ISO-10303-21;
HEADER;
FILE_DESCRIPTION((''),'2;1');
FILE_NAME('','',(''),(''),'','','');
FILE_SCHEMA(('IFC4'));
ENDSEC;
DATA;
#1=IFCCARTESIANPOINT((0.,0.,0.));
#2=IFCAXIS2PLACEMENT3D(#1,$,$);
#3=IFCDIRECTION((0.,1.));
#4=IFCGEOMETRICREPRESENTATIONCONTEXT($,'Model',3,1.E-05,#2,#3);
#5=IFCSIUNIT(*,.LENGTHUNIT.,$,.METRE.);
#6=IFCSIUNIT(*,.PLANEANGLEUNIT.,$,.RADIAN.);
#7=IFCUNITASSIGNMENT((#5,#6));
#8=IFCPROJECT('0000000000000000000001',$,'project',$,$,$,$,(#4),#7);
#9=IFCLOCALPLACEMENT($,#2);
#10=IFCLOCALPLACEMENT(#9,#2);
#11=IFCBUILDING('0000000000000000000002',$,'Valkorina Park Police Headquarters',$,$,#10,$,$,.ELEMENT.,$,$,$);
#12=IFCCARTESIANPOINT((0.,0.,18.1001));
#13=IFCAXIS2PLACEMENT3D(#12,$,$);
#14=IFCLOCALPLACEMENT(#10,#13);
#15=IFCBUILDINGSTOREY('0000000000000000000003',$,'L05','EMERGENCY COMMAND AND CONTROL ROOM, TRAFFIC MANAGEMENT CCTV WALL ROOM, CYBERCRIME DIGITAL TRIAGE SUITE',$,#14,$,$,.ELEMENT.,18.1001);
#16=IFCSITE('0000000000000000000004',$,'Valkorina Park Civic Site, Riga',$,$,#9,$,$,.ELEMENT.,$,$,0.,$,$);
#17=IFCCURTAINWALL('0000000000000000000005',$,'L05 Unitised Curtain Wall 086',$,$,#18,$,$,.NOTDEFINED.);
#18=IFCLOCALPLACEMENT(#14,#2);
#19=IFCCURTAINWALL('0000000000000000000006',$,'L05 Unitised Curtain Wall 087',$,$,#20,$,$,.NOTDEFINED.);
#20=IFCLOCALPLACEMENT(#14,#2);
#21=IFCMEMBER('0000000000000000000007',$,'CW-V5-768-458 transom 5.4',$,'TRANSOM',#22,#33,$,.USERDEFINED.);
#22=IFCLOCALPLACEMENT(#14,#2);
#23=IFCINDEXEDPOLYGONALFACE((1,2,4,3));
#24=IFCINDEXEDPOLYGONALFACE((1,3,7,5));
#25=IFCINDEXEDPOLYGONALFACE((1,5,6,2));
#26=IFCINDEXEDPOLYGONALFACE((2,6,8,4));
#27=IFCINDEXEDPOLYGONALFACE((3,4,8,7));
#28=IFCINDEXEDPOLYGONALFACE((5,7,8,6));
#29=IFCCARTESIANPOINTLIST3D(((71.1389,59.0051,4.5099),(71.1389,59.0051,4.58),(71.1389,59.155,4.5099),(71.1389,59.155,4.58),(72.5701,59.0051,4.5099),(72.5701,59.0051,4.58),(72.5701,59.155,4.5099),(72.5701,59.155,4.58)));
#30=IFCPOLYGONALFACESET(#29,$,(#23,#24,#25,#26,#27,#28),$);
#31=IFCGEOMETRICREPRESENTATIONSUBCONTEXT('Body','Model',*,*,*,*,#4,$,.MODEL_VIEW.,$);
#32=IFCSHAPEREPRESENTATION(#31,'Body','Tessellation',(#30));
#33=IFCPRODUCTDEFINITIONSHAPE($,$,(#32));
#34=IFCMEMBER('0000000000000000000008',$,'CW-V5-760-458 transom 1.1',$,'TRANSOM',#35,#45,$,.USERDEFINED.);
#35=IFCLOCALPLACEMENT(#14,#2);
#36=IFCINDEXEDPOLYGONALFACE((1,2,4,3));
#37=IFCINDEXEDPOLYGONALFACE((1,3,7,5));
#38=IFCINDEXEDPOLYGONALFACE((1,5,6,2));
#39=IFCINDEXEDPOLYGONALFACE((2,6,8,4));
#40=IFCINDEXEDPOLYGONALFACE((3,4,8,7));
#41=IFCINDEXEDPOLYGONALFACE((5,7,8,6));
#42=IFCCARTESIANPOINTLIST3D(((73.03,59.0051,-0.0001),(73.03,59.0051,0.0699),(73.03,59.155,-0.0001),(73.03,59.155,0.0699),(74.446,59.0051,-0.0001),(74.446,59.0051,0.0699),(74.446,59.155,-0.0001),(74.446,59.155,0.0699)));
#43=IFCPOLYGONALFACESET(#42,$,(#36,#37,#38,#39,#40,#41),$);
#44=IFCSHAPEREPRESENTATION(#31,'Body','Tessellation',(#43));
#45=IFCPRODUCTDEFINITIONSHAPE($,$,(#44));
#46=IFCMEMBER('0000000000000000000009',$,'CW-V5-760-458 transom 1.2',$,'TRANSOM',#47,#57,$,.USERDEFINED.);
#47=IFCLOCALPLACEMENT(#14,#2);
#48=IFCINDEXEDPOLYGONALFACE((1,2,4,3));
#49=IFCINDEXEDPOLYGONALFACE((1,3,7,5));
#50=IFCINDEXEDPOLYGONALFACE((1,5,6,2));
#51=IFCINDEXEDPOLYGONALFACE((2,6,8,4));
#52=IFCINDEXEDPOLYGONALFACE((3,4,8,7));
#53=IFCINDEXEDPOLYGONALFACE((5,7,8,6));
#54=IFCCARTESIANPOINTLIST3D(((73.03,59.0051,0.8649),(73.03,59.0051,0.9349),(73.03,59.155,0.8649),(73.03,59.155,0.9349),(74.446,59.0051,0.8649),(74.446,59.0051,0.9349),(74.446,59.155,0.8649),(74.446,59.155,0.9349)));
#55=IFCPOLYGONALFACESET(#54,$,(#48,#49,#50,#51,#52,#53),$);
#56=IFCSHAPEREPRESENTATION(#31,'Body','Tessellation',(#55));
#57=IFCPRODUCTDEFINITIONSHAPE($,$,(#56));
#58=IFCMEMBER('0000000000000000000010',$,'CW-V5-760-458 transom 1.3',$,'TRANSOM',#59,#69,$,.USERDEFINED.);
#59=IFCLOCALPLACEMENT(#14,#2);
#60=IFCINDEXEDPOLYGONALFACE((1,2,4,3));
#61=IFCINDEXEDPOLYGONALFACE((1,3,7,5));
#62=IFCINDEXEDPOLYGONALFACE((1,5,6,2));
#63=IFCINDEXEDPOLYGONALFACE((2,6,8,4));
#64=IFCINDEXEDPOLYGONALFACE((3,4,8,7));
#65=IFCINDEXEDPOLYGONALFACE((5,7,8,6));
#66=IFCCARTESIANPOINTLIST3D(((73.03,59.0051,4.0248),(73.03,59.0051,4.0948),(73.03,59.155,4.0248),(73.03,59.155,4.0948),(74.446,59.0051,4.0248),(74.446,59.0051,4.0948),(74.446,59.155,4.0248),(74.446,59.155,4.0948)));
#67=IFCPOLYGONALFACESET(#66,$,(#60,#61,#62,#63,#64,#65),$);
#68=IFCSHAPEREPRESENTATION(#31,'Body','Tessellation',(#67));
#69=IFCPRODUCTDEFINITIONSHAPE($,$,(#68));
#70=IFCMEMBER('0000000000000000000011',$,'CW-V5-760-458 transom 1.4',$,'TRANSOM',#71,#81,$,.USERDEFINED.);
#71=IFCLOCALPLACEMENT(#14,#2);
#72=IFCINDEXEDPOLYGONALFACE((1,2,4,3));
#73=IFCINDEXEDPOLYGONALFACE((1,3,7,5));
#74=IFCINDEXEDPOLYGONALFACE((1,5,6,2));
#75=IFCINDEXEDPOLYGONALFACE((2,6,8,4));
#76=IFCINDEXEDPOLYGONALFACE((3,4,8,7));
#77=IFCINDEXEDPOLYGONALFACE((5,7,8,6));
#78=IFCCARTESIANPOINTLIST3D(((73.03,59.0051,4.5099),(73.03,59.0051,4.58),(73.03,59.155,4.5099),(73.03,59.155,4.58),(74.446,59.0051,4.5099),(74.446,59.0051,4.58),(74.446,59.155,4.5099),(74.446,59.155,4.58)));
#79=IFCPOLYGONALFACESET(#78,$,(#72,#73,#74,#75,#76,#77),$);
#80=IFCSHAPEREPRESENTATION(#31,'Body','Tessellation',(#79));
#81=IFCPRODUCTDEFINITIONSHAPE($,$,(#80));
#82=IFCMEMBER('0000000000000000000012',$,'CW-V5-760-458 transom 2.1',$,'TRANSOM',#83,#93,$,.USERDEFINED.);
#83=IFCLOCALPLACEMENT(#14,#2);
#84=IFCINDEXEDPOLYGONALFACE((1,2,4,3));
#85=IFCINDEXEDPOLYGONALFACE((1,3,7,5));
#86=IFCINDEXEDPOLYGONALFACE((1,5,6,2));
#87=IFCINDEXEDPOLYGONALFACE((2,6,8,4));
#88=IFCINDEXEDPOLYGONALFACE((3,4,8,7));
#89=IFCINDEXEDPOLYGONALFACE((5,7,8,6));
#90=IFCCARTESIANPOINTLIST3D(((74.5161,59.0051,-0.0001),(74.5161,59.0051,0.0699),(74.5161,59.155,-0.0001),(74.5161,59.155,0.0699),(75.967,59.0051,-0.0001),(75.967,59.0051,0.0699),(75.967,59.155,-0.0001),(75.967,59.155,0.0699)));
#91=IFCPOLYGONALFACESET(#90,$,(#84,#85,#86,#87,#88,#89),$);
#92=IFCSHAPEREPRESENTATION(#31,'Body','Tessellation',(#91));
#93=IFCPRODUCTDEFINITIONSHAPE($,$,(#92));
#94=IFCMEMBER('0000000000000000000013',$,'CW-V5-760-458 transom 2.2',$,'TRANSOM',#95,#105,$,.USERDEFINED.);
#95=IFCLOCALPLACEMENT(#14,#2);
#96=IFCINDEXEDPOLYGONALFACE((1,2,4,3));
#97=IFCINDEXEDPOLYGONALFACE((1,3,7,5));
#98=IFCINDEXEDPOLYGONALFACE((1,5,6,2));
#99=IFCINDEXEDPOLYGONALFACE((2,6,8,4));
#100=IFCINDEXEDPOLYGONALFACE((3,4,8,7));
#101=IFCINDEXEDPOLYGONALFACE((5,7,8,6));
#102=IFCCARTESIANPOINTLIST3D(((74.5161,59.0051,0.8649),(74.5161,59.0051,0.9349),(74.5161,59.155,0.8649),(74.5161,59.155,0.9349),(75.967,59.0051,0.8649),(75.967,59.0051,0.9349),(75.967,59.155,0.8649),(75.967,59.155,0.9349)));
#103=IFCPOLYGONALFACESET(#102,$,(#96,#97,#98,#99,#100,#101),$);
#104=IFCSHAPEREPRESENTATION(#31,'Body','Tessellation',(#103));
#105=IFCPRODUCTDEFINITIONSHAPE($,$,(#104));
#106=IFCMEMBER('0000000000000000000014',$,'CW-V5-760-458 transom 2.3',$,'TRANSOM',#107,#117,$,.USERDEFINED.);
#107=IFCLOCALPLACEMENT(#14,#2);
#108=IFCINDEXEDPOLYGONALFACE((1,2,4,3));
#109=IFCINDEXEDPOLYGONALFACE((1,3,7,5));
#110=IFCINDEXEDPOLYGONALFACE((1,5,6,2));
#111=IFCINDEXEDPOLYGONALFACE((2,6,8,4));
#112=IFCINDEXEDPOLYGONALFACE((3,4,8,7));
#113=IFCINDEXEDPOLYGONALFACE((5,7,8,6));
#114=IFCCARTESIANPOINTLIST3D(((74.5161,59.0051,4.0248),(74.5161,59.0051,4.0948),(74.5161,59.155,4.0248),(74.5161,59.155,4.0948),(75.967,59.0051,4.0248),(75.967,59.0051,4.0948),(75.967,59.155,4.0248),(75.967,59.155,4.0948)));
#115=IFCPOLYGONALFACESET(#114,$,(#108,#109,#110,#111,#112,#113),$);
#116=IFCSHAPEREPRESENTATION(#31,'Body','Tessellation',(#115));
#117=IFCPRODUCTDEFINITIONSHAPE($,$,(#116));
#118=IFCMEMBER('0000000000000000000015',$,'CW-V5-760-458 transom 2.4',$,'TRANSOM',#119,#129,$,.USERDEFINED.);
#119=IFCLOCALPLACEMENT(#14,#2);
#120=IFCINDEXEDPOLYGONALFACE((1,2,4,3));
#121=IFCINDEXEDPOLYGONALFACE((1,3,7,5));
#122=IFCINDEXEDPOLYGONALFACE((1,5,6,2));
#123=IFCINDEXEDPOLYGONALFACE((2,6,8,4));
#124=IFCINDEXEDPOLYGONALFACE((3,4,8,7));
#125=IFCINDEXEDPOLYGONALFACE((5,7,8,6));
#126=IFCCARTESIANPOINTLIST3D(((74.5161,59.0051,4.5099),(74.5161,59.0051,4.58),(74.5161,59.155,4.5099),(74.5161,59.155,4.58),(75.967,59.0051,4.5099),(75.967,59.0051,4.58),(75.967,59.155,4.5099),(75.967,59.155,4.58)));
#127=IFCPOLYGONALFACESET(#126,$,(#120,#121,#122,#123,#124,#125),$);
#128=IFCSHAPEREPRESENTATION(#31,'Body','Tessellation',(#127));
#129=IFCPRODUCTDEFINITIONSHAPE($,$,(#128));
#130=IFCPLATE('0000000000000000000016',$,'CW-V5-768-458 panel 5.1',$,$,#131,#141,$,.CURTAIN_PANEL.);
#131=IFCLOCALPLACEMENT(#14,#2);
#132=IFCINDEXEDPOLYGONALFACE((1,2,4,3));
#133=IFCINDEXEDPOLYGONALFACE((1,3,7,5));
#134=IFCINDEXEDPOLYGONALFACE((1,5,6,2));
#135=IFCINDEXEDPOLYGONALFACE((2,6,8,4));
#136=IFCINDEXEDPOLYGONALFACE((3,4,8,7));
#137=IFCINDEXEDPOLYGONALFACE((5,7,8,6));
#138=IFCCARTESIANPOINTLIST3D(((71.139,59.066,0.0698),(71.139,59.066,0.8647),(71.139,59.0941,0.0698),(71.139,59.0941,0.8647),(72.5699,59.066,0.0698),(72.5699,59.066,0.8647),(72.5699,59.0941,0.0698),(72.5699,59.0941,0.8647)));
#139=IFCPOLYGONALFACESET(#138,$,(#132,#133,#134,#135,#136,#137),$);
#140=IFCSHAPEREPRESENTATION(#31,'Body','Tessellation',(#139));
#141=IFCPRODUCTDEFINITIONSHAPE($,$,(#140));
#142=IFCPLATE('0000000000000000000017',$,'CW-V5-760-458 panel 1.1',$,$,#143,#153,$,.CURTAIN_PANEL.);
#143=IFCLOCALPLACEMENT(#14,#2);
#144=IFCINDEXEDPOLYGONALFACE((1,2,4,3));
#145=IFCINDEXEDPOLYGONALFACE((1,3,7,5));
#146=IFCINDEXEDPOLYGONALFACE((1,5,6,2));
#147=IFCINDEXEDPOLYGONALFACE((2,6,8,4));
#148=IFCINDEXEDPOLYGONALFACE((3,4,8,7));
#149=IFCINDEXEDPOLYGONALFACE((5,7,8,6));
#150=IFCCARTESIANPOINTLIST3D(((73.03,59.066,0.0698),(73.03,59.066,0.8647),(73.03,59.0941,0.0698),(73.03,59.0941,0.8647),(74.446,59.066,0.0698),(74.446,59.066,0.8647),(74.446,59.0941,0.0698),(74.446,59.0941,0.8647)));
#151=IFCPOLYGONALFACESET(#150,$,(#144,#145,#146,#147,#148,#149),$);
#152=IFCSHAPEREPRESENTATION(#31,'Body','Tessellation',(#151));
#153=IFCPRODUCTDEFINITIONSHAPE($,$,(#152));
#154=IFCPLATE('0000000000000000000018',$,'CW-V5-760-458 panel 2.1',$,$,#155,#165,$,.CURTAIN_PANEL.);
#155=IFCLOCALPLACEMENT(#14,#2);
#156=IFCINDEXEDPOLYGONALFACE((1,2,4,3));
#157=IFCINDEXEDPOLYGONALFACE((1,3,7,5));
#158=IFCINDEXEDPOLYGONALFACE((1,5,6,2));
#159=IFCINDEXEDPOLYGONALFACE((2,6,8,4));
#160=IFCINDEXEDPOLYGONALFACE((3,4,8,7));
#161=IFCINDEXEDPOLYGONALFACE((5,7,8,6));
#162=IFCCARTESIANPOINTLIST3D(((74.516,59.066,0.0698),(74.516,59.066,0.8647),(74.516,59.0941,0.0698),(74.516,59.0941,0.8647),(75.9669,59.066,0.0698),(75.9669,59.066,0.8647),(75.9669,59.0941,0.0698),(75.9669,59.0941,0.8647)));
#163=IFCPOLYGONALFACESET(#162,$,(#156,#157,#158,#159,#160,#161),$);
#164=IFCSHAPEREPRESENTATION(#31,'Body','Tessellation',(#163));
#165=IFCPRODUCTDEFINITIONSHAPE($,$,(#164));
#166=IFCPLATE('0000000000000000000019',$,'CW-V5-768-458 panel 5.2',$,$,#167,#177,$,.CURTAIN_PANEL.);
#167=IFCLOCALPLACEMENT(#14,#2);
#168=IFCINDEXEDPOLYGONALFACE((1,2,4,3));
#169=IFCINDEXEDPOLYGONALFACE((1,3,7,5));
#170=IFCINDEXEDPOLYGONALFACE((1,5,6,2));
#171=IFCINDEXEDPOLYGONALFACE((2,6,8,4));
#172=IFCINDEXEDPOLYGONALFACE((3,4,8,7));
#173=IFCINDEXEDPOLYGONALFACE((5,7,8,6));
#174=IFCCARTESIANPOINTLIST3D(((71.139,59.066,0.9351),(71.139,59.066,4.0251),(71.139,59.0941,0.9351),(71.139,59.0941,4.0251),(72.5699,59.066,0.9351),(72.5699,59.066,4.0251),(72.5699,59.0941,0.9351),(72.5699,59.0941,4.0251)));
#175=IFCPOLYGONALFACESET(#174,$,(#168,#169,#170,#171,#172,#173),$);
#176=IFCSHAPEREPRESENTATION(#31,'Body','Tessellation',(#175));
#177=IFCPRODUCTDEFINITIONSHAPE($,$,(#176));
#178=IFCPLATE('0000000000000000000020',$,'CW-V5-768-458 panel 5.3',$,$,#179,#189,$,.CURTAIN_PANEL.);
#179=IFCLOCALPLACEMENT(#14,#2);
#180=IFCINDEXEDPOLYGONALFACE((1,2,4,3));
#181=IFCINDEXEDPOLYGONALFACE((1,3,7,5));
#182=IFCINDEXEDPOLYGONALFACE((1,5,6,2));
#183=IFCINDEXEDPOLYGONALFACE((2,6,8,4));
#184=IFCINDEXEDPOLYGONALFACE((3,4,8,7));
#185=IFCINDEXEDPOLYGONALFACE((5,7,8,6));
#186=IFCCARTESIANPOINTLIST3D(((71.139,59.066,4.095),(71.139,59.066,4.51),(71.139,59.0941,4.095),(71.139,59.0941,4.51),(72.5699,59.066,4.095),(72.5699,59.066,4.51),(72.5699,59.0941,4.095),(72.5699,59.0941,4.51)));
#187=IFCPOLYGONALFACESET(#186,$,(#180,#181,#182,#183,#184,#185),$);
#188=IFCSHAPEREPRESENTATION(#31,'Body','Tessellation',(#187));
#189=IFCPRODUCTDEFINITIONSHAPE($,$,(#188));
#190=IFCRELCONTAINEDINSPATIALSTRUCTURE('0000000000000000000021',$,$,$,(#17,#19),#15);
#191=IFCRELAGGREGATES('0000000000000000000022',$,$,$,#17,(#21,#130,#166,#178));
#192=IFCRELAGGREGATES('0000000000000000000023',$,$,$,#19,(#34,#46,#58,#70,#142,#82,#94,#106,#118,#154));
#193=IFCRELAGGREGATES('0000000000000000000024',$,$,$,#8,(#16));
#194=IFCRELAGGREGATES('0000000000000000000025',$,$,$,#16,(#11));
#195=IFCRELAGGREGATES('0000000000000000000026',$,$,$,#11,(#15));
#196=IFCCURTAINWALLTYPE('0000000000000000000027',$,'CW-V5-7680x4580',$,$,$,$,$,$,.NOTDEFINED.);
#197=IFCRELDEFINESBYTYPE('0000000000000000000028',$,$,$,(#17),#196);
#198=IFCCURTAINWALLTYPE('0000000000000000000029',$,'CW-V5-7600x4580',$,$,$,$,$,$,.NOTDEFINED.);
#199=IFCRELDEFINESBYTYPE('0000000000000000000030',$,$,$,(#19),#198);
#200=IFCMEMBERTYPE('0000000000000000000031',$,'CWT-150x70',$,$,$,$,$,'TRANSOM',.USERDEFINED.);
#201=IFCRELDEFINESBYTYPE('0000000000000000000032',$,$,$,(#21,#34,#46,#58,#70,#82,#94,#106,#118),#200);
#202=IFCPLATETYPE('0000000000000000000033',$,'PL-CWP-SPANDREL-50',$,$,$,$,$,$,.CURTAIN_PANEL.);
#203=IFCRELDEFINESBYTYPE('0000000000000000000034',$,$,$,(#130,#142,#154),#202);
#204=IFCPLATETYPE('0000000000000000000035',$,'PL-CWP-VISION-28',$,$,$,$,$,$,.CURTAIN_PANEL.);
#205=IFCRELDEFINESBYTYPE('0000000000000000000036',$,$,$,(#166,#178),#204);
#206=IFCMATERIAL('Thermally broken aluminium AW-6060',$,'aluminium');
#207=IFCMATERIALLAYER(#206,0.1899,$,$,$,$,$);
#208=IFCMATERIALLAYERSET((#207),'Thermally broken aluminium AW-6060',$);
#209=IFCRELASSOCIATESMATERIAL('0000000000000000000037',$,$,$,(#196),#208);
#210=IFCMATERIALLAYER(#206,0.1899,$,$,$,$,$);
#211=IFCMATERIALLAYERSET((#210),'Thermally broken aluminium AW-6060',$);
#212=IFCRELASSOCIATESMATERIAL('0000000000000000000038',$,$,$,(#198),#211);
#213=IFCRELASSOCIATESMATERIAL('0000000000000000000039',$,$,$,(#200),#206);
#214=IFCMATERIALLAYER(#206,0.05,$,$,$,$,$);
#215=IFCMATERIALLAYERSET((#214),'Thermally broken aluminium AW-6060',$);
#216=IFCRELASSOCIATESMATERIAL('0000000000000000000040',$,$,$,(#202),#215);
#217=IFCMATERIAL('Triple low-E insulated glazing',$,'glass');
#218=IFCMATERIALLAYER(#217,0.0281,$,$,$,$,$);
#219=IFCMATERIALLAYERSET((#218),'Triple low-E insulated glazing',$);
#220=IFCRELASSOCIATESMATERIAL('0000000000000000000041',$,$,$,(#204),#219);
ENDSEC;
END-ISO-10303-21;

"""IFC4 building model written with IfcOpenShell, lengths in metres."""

from ifc_helpers import new_model, si_unit, direction, frame, origin, origin_2d, place, context, subcontext, project, spatial, rectangle, extrude, material, layer, layer_set, material_profile, profile_set, type_object, element, aggregate, save


model = new_model("IFC4")

# Units and contexts
model_context = context("Model", 3, precision=1e-05, world=origin(), true_north=direction((0.0, 1.0)))
body_context = subcontext(model_context, "Body", "Model", "MODEL_VIEW")
ifc_project = project(units=[si_unit("LENGTHUNIT", "METRE"), si_unit("PLANEANGLEUNIT", "RADIAN")], contexts=[model_context])

# Site, building, storey
site_placement = place(None, origin())
site = spatial("IfcSite", under=ifc_project, at=site_placement, Name="Valkorina Park Civic Site, Riga", CompositionType="ELEMENT", RefElevation=0.0)
building_placement = place(site_placement, origin())
building = spatial("IfcBuilding", under=site, at=building_placement, Name="Valkorina Park Police Headquarters", CompositionType="ELEMENT")
storey_placement = place(building_placement, frame((0.0, 0.0, 18.1001)))
storey = spatial("IfcBuildingStorey", under=building, at=storey_placement, Name="L05", Description="EMERGENCY COMMAND AND CONTROL ROOM, TRAFFIC MANAGEMENT CCTV WALL ROOM, CYBERCRIME DIGITAL TRIAGE SUITE", CompositionType="ELEMENT", Elevation=18.1001)

# Curtain walls
ifc_material_1 = material(Name="Thermally broken aluminium AW-6060", Category="aluminium")
ifc_layer_1 = layer(ifc_material_1, 0.1899)
ifc_layer_set_1 = layer_set([ifc_layer_1], Name="Thermally broken aluminium AW-6060")
curtain_wall_type_1 = type_object("IfcCurtainWallType", Name="CW-V5-7680x4580", PredefinedType="NOTDEFINED", material=ifc_layer_set_1)
curtain_wall_1_placement = place(storey_placement, origin())
curtain_wall_1 = element("IfcCurtainWall", 1, at=curtain_wall_1_placement, inside=storey, type_object=curtain_wall_type_1, Name="L05 Unitised Curtain Wall 086", PredefinedType="NOTDEFINED")
ifc_layer_2 = layer(ifc_material_1, 0.1899)
ifc_layer_set_2 = layer_set([ifc_layer_2], Name="Thermally broken aluminium AW-6060")
curtain_wall_type_2 = type_object("IfcCurtainWallType", Name="CW-V5-7600x4580", PredefinedType="NOTDEFINED", material=ifc_layer_set_2)
curtain_wall_2_placement = place(storey_placement, origin())
curtain_wall_2 = element("IfcCurtainWall", 2, at=curtain_wall_2_placement, inside=storey, type_object=curtain_wall_type_2, Name="L05 Unitised Curtain Wall 087", PredefinedType="NOTDEFINED")

# Members
ifc_material_profile_1 = material_profile(ifc_material_1, rectangle(XDim=0.1499, YDim=0.0701, at=origin_2d()), Name="CWT-02 150x70")
ifc_profile_set_1 = profile_set([ifc_material_profile_1], Name="Thermally broken aluminium AW-6060")
member_type_1 = type_object("IfcMemberType", Name="CWT-150x70", ElementType="TRANSOM", PredefinedType="USERDEFINED", material=ifc_profile_set_1)
member_1_placement = place(storey_placement, frame((71.1389, 59.0801, 4.5449), z_axis=(1.0, 0.0, 0.0), x_axis=(0.0, 1.0, 0.0)))
member_1 = element("IfcMember", 3, at=member_1_placement, type_object=member_type_1, Name="CW-V5-768-458 transom 5.4", ObjectType="TRANSOM", PredefinedType="USERDEFINED", context=body_context, shape_type="SweptSolid", body=[
    extrude(rectangle(XDim=0.1499, YDim=0.0701, at=origin_2d()), origin(), (0.0, 0.0, 1.0), 1.4312),
])
member_2_placement = place(storey_placement, frame((73.03, 59.0801, 0.0349), z_axis=(1.0, 0.0, 0.0), x_axis=(0.0, 1.0, 0.0)))
member_2 = element("IfcMember", 4, at=member_2_placement, type_object=member_type_1, Name="CW-V5-760-458 transom 1.1", ObjectType="TRANSOM", PredefinedType="USERDEFINED", context=body_context, shape_type="SweptSolid", body=[
    extrude(rectangle(XDim=0.1499, YDim=0.0701, at=origin_2d()), origin(), (0.0, 0.0, 1.0), 1.416),
])
member_3_placement = place(storey_placement, frame((73.03, 59.0801, 0.8999), z_axis=(1.0, 0.0, 0.0), x_axis=(0.0, 1.0, 0.0)))
member_3 = element("IfcMember", 5, at=member_3_placement, type_object=member_type_1, Name="CW-V5-760-458 transom 1.2", ObjectType="TRANSOM", PredefinedType="USERDEFINED", context=body_context, shape_type="SweptSolid", body=[
    extrude(rectangle(XDim=0.1499, YDim=0.0701, at=origin_2d()), origin(), (0.0, 0.0, 1.0), 1.416),
])
member_4_placement = place(storey_placement, frame((73.03, 59.0801, 4.0598), z_axis=(1.0, 0.0, 0.0), x_axis=(0.0, 1.0, 0.0)))
member_4 = element("IfcMember", 6, at=member_4_placement, type_object=member_type_1, Name="CW-V5-760-458 transom 1.3", ObjectType="TRANSOM", PredefinedType="USERDEFINED", context=body_context, shape_type="SweptSolid", body=[
    extrude(rectangle(XDim=0.1499, YDim=0.0701, at=origin_2d()), origin(), (0.0, 0.0, 1.0), 1.416),
])
member_5_placement = place(storey_placement, frame((73.03, 59.0801, 4.5449), z_axis=(1.0, 0.0, 0.0), x_axis=(0.0, 1.0, 0.0)))
member_5 = element("IfcMember", 7, at=member_5_placement, type_object=member_type_1, Name="CW-V5-760-458 transom 1.4", ObjectType="TRANSOM", PredefinedType="USERDEFINED", context=body_context, shape_type="SweptSolid", body=[
    extrude(rectangle(XDim=0.1499, YDim=0.0701, at=origin_2d()), origin(), (0.0, 0.0, 1.0), 1.416),
])
member_6_placement = place(storey_placement, frame((74.5161, 59.0801, 0.0349), z_axis=(1.0, 0.0, 0.0), x_axis=(0.0, 1.0, 0.0)))
member_6 = element("IfcMember", 8, at=member_6_placement, type_object=member_type_1, Name="CW-V5-760-458 transom 2.1", ObjectType="TRANSOM", PredefinedType="USERDEFINED", context=body_context, shape_type="SweptSolid", body=[
    extrude(rectangle(XDim=0.1499, YDim=0.0701, at=origin_2d()), origin(), (0.0, 0.0, 1.0), 1.4509),
])
member_7_placement = place(storey_placement, frame((74.5161, 59.0801, 0.8999), z_axis=(1.0, 0.0, 0.0), x_axis=(0.0, 1.0, 0.0)))
member_7 = element("IfcMember", 9, at=member_7_placement, type_object=member_type_1, Name="CW-V5-760-458 transom 2.2", ObjectType="TRANSOM", PredefinedType="USERDEFINED", context=body_context, shape_type="SweptSolid", body=[
    extrude(rectangle(XDim=0.1499, YDim=0.0701, at=origin_2d()), origin(), (0.0, 0.0, 1.0), 1.4509),
])
member_8_placement = place(storey_placement, frame((74.5161, 59.0801, 4.0598), z_axis=(1.0, 0.0, 0.0), x_axis=(0.0, 1.0, 0.0)))
member_8 = element("IfcMember", 10, at=member_8_placement, type_object=member_type_1, Name="CW-V5-760-458 transom 2.3", ObjectType="TRANSOM", PredefinedType="USERDEFINED", context=body_context, shape_type="SweptSolid", body=[
    extrude(rectangle(XDim=0.1499, YDim=0.0701, at=origin_2d()), origin(), (0.0, 0.0, 1.0), 1.4509),
])
member_9_placement = place(storey_placement, frame((74.5161, 59.0801, 4.5449), z_axis=(1.0, 0.0, 0.0), x_axis=(0.0, 1.0, 0.0)))
member_9 = element("IfcMember", 11, at=member_9_placement, type_object=member_type_1, Name="CW-V5-760-458 transom 2.4", ObjectType="TRANSOM", PredefinedType="USERDEFINED", context=body_context, shape_type="SweptSolid", body=[
    extrude(rectangle(XDim=0.1499, YDim=0.0701, at=origin_2d()), origin(), (0.0, 0.0, 1.0), 1.4509),
])

# Plates
ifc_layer_3 = layer(ifc_material_1, 0.05)
ifc_layer_set_3 = layer_set([ifc_layer_3], Name="Thermally broken aluminium AW-6060")
plate_type_1 = type_object("IfcPlateType", Name="PL-CWP-SPANDREL-50", PredefinedType="CURTAIN_PANEL", material=ifc_layer_set_3)
plate_1_placement = place(storey_placement, frame((71.8545, 59.0801, 0.0698), z_axis=(0.0, 0.0, 1.0), x_axis=(1.0, 0.0, 0.0)))
plate_1 = element("IfcPlate", 12, at=plate_1_placement, type_object=plate_type_1, Name="CW-V5-768-458 panel 5.1", PredefinedType="CURTAIN_PANEL", context=body_context, shape_type="SweptSolid", body=[
    extrude(rectangle(XDim=1.4309, YDim=0.0281, at=origin_2d()), origin(), (0.0, 0.0, 1.0), 0.7949),
])
plate_2_placement = place(storey_placement, frame((73.738, 59.0801, 0.0698), z_axis=(0.0, 0.0, 1.0), x_axis=(1.0, 0.0, 0.0)))
plate_2 = element("IfcPlate", 13, at=plate_2_placement, type_object=plate_type_1, Name="CW-V5-760-458 panel 1.1", PredefinedType="CURTAIN_PANEL", context=body_context, shape_type="SweptSolid", body=[
    extrude(rectangle(XDim=1.416, YDim=0.0281, at=origin_2d()), origin(), (0.0, 0.0, 1.0), 0.7949),
])
plate_3_placement = place(storey_placement, frame((75.2415, 59.0801, 0.0698), z_axis=(0.0, 0.0, 1.0), x_axis=(1.0, 0.0, 0.0)))
plate_3 = element("IfcPlate", 14, at=plate_3_placement, type_object=plate_type_1, Name="CW-V5-760-458 panel 2.1", PredefinedType="CURTAIN_PANEL", context=body_context, shape_type="SweptSolid", body=[
    extrude(rectangle(XDim=1.4509, YDim=0.0281, at=origin_2d()), origin(), (0.0, 0.0, 1.0), 0.7949),
])
ifc_material_2 = material(Name="Triple low-E insulated glazing", Category="glass")
ifc_layer_4 = layer(ifc_material_2, 0.0281)
ifc_layer_set_4 = layer_set([ifc_layer_4], Name="Triple low-E insulated glazing")
plate_type_2 = type_object("IfcPlateType", Name="PL-CWP-VISION-28", PredefinedType="CURTAIN_PANEL", material=ifc_layer_set_4)
plate_4_placement = place(storey_placement, frame((71.8545, 59.0801, 0.9351), z_axis=(0.0, 0.0, 1.0), x_axis=(1.0, 0.0, 0.0)))
plate_4 = element("IfcPlate", 15, at=plate_4_placement, type_object=plate_type_2, Name="CW-V5-768-458 panel 5.2", PredefinedType="CURTAIN_PANEL", context=body_context, shape_type="SweptSolid", body=[
    extrude(rectangle(XDim=1.4309, YDim=0.0281, at=origin_2d()), origin(), (0.0, 0.0, 1.0), 3.0901),
])
plate_5_placement = place(storey_placement, frame((71.8545, 59.0801, 4.095), z_axis=(0.0, 0.0, 1.0), x_axis=(1.0, 0.0, 0.0)))
plate_5 = element("IfcPlate", 16, at=plate_5_placement, type_object=plate_type_2, Name="CW-V5-768-458 panel 5.3", PredefinedType="CURTAIN_PANEL", context=body_context, shape_type="SweptSolid", body=[
    extrude(rectangle(XDim=1.4309, YDim=0.0281, at=origin_2d()), origin(), (0.0, 0.0, 1.0), 0.415),
])
aggregate(curtain_wall_1, [member_1, plate_1, plate_4, plate_5])
aggregate(curtain_wall_2, [member_2, member_3, member_4, member_5, plate_2, member_6, member_7, member_8, member_9, plate_3])

save(model, "model.ifc")
